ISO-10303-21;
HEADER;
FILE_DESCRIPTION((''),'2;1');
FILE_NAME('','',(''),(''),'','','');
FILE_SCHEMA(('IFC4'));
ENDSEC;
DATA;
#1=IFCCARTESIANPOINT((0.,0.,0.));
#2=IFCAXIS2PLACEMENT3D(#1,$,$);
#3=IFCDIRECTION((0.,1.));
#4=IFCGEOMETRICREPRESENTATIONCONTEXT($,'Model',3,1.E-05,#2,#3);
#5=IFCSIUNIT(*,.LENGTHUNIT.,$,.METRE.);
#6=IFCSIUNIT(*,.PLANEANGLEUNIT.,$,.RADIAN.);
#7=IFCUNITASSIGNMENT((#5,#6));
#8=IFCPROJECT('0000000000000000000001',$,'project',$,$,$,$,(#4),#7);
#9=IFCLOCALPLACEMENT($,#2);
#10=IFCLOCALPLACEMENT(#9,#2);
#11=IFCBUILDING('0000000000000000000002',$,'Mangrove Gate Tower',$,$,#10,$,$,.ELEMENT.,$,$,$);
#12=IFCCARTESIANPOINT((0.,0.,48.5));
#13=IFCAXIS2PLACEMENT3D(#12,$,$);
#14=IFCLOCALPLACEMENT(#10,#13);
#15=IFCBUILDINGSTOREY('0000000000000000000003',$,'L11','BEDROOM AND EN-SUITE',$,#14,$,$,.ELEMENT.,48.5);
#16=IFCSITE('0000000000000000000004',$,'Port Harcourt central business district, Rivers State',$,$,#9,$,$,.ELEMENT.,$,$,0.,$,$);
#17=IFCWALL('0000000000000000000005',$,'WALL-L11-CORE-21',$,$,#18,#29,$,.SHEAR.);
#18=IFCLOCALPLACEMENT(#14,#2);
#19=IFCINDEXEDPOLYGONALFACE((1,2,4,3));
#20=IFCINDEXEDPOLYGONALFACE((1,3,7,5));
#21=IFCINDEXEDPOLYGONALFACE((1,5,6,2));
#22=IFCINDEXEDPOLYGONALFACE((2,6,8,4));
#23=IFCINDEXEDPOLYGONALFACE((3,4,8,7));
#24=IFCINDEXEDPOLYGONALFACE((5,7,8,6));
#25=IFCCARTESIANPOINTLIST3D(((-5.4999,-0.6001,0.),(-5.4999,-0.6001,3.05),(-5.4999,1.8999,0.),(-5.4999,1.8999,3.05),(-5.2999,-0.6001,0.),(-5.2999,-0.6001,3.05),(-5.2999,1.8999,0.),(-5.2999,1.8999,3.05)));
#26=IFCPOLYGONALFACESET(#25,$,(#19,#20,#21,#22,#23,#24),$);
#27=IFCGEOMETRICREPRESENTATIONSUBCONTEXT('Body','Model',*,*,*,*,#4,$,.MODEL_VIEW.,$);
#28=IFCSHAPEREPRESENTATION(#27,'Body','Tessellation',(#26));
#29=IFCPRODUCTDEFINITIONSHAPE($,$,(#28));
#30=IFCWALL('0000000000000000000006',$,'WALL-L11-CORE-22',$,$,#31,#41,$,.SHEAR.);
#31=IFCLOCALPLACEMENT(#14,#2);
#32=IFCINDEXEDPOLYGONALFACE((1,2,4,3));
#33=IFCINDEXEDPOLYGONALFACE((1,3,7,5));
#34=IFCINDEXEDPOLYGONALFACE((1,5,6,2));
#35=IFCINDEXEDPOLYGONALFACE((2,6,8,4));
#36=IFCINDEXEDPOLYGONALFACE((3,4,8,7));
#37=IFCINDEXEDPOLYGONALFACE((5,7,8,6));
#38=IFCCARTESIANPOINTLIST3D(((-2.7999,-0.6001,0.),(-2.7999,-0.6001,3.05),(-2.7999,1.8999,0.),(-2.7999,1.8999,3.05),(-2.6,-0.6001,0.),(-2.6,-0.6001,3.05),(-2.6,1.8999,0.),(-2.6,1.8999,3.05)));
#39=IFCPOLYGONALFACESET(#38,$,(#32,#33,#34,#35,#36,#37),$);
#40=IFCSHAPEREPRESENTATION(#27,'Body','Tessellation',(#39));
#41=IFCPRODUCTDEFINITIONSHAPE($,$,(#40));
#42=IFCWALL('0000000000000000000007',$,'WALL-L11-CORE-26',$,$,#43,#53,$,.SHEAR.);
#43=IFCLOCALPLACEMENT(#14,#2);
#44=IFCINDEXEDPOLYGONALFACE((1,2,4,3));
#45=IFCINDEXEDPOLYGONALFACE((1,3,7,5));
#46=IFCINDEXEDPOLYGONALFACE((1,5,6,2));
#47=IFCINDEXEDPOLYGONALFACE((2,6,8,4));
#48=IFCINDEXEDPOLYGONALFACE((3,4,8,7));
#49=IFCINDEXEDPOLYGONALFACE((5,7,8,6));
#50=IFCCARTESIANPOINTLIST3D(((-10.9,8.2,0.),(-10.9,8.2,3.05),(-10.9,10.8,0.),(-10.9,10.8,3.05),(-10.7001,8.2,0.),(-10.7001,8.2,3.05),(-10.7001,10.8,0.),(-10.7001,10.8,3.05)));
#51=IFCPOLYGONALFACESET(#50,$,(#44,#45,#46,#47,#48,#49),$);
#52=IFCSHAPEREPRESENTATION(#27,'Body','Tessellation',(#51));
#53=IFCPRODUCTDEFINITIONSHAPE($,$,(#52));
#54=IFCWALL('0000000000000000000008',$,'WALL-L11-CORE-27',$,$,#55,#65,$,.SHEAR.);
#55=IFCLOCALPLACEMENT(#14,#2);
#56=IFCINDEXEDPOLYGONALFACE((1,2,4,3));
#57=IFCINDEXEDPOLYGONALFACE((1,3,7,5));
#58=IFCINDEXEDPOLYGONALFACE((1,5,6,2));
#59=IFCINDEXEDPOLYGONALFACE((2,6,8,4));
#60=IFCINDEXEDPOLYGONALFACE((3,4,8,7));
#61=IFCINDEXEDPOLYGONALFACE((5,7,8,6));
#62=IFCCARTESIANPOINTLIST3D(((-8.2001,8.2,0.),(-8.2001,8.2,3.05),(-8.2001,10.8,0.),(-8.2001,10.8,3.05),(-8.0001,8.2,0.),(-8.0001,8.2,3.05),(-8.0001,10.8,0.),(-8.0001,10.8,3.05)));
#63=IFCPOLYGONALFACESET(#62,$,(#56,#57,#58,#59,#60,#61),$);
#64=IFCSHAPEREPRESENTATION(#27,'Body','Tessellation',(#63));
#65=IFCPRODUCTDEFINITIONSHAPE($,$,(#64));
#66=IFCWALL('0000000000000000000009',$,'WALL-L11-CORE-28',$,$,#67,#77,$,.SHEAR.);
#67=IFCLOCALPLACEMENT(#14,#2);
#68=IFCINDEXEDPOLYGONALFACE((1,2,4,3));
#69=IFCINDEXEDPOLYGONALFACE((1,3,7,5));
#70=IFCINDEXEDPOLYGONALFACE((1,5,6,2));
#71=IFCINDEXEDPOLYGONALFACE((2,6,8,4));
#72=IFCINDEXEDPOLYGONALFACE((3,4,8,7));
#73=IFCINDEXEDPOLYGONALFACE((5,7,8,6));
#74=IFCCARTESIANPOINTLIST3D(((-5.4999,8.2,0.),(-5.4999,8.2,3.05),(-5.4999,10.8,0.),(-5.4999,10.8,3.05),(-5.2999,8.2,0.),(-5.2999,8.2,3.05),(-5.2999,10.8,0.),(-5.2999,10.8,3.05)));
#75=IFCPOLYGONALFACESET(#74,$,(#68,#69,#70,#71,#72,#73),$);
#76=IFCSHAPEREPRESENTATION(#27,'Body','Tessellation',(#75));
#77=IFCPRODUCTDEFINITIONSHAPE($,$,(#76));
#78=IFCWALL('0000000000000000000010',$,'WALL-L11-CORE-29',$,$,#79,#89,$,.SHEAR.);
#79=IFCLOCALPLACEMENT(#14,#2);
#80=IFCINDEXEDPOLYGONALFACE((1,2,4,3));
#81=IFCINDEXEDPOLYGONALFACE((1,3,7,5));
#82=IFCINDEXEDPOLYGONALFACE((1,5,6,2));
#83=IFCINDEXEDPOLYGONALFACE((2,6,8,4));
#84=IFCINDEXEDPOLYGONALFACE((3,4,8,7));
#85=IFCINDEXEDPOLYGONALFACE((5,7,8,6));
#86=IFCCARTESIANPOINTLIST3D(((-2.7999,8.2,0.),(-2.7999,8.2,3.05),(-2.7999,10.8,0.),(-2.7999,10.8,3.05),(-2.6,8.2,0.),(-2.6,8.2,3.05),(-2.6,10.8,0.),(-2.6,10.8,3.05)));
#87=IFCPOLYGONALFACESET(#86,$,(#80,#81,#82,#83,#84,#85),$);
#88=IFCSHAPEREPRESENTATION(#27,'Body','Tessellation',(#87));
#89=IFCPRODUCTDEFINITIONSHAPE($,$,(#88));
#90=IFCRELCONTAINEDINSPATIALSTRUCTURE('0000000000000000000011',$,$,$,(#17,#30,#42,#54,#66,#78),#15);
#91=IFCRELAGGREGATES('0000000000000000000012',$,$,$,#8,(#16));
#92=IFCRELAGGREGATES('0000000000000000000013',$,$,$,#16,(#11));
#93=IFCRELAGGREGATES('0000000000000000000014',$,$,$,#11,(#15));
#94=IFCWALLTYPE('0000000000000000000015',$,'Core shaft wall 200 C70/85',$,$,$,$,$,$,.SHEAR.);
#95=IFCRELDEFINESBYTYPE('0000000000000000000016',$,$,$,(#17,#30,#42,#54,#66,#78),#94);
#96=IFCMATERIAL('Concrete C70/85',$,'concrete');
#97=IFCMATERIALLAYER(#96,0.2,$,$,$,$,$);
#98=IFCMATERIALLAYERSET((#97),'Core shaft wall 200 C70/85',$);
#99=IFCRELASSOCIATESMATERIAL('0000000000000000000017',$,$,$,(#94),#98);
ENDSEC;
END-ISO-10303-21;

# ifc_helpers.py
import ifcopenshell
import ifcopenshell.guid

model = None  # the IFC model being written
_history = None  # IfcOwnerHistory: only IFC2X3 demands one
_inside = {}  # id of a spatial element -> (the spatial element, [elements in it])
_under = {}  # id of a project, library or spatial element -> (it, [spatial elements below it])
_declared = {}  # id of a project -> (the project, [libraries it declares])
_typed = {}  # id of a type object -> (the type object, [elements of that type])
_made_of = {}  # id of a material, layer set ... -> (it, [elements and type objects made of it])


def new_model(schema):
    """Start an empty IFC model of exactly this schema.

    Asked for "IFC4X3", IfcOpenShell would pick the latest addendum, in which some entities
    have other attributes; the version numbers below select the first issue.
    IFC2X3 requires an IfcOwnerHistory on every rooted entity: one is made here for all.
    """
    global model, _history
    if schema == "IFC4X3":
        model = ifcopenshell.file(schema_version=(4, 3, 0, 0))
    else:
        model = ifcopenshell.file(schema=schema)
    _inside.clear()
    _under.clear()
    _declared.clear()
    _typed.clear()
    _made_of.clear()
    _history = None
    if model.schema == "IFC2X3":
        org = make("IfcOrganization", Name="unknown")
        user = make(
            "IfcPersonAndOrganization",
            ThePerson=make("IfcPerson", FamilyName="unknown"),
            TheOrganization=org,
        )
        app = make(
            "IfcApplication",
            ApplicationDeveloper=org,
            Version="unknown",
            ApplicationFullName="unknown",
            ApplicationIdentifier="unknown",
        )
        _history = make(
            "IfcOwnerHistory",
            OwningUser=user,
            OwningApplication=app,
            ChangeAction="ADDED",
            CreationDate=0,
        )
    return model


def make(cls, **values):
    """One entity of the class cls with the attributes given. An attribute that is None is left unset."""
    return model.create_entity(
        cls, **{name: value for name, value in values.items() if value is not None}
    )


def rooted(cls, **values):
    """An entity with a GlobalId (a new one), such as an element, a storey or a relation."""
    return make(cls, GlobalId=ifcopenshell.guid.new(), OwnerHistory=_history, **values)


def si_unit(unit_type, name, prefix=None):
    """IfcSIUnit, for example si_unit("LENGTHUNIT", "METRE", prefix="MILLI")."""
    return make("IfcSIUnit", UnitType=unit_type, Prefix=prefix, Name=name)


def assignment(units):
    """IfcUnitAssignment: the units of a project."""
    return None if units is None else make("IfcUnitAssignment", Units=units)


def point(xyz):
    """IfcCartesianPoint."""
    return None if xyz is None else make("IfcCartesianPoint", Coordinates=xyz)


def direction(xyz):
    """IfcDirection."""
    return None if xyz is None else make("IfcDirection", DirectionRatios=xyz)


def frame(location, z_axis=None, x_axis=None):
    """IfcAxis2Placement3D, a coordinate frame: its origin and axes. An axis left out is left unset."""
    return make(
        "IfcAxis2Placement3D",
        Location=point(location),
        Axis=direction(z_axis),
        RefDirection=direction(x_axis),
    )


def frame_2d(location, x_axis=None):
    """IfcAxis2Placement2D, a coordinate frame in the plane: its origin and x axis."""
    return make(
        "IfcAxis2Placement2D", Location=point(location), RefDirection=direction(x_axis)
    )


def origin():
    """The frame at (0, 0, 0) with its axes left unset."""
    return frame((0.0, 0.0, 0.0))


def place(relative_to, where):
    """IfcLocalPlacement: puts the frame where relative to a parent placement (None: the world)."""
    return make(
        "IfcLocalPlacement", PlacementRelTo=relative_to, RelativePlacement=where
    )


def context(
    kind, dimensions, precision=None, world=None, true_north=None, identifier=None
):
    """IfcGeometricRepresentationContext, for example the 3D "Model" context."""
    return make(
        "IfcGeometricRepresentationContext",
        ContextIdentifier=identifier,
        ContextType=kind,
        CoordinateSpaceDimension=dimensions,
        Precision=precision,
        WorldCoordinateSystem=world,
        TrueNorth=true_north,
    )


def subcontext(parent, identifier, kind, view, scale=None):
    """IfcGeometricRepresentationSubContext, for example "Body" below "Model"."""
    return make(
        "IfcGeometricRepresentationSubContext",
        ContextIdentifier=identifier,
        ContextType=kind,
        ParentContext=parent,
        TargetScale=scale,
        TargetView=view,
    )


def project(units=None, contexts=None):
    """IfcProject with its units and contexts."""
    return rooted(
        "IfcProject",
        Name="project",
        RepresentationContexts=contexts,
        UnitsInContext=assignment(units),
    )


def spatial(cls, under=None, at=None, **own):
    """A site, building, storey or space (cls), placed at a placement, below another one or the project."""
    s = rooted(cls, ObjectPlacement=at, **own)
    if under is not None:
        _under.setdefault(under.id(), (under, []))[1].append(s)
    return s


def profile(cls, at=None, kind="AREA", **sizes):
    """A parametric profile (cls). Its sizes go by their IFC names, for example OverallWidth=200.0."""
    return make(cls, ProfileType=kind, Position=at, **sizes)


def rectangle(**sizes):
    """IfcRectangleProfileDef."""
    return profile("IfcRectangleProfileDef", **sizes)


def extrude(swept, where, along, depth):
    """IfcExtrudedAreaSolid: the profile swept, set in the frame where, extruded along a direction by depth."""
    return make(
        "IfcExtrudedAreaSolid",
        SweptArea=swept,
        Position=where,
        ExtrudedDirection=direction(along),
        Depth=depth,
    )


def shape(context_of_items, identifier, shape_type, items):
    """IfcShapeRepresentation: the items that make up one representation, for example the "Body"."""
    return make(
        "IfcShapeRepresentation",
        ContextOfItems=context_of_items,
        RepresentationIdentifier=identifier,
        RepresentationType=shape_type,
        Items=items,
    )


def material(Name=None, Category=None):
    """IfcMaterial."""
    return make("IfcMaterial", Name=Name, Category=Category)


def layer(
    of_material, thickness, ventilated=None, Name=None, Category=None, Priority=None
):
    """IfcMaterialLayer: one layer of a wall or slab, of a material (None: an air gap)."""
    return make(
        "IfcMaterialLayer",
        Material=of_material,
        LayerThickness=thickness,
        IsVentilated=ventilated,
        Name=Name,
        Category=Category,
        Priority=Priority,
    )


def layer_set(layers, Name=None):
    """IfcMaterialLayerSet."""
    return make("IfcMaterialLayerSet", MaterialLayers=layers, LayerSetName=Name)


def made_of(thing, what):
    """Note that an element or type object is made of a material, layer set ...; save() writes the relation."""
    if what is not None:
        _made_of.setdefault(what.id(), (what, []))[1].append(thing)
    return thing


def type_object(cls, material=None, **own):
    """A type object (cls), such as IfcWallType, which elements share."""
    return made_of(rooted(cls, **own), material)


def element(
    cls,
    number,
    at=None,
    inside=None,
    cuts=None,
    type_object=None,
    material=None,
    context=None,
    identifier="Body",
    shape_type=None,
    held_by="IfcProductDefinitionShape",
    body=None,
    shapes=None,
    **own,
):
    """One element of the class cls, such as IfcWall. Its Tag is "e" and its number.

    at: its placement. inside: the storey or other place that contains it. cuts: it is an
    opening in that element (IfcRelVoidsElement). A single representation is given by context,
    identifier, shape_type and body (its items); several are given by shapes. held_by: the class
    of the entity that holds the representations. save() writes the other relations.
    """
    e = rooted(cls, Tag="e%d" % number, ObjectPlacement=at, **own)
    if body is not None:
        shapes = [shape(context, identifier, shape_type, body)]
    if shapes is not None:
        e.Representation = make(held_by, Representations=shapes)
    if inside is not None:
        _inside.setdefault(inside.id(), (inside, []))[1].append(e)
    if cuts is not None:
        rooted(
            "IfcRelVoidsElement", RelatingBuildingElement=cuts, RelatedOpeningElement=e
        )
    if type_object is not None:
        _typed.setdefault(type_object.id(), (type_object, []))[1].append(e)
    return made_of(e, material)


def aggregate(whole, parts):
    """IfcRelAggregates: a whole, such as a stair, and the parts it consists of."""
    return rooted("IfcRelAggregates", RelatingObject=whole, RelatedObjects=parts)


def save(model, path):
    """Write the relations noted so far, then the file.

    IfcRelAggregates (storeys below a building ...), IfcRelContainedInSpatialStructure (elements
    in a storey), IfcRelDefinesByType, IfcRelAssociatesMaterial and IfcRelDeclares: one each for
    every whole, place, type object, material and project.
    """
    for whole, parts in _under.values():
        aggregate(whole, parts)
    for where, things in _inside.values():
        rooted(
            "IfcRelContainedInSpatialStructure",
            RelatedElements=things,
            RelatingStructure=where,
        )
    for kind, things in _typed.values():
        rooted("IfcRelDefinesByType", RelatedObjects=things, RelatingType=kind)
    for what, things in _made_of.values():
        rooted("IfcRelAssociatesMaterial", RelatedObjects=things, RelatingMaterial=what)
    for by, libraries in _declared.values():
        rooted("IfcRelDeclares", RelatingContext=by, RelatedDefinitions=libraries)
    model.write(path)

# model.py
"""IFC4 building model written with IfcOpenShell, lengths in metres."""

from ifc_helpers import new_model, si_unit, direction, frame, frame_2d, origin, place, context, subcontext, project, spatial, rectangle, extrude, material, layer, layer_set, type_object, element, save


model = new_model("IFC4")

# Units and contexts
model_context = context("Model", 3, precision=1e-05, world=origin(), true_north=direction((0.0, 1.0)))
body_context = subcontext(model_context, "Body", "Model", "MODEL_VIEW")
ifc_project = project(units=[si_unit("LENGTHUNIT", "METRE"), si_unit("PLANEANGLEUNIT", "RADIAN")], contexts=[model_context])

# Site, building, storey
site_placement = place(None, origin())
site = spatial("IfcSite", under=ifc_project, at=site_placement, Name="Port Harcourt central business district, Rivers State", CompositionType="ELEMENT", RefElevation=0.0)
building_placement = place(site_placement, origin())
building = spatial("IfcBuilding", under=site, at=building_placement, Name="Mangrove Gate Tower", CompositionType="ELEMENT")
storey_placement = place(building_placement, frame((0.0, 0.0, 48.5)))
storey = spatial("IfcBuildingStorey", under=building, at=storey_placement, Name="L11", Description="BEDROOM AND EN-SUITE", CompositionType="ELEMENT", Elevation=48.5)

# Shared definitions
ifc_material_1 = material(Name="Concrete C70/85", Category="concrete")
ifc_layer = layer(ifc_material_1, 0.2)
ifc_layer_set = layer_set([ifc_layer], Name="Core shaft wall 200 C70/85")
wall_type = type_object("IfcWallType", Name="Core shaft wall 200 C70/85", PredefinedType="SHEAR", material=ifc_layer_set)

# Walls
for number, where, z_axis, x_axis, name in (
    (1, (-5.3999, -0.6001, 0.0), (0.0, 0.0, 1.0), (0.0, 1.0, 0.0), "WALL-L11-CORE-21"),
    (2, (-2.7, -0.6001, 0.0), (0.0, 0.0, 1.0), (0.0, 1.0, 0.0), "WALL-L11-CORE-22"),
):
    element("IfcWall", number, at=place(storey_placement, frame(where, z_axis=z_axis, x_axis=x_axis)), inside=storey, type_object=wall_type, Name=name, PredefinedType="SHEAR", context=body_context, shape_type="SweptSolid", body=[
        extrude(rectangle(XDim=2.5, YDim=0.2, at=frame_2d((1.25, 0.0))), origin(), (0.0, 0.0, 1.0), 3.05),
    ])
for number, where, z_axis, x_axis, name in (
    (3, (-10.8, 8.2, 0.0), (0.0, 0.0, 1.0), (0.0, 1.0, 0.0), "WALL-L11-CORE-26"),
    (4, (-8.1001, 8.2, 0.0), (0.0, 0.0, 1.0), (0.0, 1.0, 0.0), "WALL-L11-CORE-27"),
    (5, (-5.3999, 8.2, 0.0), (0.0, 0.0, 1.0), (0.0, 1.0, 0.0), "WALL-L11-CORE-28"),
    (6, (-2.7, 8.2, 0.0), (0.0, 0.0, 1.0), (0.0, 1.0, 0.0), "WALL-L11-CORE-29"),
):
    element("IfcWall", number, at=place(storey_placement, frame(where, z_axis=z_axis, x_axis=x_axis)), inside=storey, type_object=wall_type, Name=name, PredefinedType="SHEAR", context=body_context, shape_type="SweptSolid", body=[
        extrude(rectangle(XDim=2.6001, YDim=0.2, at=frame_2d((1.3, 0.0))), origin(), (0.0, 0.0, 1.0), 3.05),
    ])

save(model, "model.ifc")
